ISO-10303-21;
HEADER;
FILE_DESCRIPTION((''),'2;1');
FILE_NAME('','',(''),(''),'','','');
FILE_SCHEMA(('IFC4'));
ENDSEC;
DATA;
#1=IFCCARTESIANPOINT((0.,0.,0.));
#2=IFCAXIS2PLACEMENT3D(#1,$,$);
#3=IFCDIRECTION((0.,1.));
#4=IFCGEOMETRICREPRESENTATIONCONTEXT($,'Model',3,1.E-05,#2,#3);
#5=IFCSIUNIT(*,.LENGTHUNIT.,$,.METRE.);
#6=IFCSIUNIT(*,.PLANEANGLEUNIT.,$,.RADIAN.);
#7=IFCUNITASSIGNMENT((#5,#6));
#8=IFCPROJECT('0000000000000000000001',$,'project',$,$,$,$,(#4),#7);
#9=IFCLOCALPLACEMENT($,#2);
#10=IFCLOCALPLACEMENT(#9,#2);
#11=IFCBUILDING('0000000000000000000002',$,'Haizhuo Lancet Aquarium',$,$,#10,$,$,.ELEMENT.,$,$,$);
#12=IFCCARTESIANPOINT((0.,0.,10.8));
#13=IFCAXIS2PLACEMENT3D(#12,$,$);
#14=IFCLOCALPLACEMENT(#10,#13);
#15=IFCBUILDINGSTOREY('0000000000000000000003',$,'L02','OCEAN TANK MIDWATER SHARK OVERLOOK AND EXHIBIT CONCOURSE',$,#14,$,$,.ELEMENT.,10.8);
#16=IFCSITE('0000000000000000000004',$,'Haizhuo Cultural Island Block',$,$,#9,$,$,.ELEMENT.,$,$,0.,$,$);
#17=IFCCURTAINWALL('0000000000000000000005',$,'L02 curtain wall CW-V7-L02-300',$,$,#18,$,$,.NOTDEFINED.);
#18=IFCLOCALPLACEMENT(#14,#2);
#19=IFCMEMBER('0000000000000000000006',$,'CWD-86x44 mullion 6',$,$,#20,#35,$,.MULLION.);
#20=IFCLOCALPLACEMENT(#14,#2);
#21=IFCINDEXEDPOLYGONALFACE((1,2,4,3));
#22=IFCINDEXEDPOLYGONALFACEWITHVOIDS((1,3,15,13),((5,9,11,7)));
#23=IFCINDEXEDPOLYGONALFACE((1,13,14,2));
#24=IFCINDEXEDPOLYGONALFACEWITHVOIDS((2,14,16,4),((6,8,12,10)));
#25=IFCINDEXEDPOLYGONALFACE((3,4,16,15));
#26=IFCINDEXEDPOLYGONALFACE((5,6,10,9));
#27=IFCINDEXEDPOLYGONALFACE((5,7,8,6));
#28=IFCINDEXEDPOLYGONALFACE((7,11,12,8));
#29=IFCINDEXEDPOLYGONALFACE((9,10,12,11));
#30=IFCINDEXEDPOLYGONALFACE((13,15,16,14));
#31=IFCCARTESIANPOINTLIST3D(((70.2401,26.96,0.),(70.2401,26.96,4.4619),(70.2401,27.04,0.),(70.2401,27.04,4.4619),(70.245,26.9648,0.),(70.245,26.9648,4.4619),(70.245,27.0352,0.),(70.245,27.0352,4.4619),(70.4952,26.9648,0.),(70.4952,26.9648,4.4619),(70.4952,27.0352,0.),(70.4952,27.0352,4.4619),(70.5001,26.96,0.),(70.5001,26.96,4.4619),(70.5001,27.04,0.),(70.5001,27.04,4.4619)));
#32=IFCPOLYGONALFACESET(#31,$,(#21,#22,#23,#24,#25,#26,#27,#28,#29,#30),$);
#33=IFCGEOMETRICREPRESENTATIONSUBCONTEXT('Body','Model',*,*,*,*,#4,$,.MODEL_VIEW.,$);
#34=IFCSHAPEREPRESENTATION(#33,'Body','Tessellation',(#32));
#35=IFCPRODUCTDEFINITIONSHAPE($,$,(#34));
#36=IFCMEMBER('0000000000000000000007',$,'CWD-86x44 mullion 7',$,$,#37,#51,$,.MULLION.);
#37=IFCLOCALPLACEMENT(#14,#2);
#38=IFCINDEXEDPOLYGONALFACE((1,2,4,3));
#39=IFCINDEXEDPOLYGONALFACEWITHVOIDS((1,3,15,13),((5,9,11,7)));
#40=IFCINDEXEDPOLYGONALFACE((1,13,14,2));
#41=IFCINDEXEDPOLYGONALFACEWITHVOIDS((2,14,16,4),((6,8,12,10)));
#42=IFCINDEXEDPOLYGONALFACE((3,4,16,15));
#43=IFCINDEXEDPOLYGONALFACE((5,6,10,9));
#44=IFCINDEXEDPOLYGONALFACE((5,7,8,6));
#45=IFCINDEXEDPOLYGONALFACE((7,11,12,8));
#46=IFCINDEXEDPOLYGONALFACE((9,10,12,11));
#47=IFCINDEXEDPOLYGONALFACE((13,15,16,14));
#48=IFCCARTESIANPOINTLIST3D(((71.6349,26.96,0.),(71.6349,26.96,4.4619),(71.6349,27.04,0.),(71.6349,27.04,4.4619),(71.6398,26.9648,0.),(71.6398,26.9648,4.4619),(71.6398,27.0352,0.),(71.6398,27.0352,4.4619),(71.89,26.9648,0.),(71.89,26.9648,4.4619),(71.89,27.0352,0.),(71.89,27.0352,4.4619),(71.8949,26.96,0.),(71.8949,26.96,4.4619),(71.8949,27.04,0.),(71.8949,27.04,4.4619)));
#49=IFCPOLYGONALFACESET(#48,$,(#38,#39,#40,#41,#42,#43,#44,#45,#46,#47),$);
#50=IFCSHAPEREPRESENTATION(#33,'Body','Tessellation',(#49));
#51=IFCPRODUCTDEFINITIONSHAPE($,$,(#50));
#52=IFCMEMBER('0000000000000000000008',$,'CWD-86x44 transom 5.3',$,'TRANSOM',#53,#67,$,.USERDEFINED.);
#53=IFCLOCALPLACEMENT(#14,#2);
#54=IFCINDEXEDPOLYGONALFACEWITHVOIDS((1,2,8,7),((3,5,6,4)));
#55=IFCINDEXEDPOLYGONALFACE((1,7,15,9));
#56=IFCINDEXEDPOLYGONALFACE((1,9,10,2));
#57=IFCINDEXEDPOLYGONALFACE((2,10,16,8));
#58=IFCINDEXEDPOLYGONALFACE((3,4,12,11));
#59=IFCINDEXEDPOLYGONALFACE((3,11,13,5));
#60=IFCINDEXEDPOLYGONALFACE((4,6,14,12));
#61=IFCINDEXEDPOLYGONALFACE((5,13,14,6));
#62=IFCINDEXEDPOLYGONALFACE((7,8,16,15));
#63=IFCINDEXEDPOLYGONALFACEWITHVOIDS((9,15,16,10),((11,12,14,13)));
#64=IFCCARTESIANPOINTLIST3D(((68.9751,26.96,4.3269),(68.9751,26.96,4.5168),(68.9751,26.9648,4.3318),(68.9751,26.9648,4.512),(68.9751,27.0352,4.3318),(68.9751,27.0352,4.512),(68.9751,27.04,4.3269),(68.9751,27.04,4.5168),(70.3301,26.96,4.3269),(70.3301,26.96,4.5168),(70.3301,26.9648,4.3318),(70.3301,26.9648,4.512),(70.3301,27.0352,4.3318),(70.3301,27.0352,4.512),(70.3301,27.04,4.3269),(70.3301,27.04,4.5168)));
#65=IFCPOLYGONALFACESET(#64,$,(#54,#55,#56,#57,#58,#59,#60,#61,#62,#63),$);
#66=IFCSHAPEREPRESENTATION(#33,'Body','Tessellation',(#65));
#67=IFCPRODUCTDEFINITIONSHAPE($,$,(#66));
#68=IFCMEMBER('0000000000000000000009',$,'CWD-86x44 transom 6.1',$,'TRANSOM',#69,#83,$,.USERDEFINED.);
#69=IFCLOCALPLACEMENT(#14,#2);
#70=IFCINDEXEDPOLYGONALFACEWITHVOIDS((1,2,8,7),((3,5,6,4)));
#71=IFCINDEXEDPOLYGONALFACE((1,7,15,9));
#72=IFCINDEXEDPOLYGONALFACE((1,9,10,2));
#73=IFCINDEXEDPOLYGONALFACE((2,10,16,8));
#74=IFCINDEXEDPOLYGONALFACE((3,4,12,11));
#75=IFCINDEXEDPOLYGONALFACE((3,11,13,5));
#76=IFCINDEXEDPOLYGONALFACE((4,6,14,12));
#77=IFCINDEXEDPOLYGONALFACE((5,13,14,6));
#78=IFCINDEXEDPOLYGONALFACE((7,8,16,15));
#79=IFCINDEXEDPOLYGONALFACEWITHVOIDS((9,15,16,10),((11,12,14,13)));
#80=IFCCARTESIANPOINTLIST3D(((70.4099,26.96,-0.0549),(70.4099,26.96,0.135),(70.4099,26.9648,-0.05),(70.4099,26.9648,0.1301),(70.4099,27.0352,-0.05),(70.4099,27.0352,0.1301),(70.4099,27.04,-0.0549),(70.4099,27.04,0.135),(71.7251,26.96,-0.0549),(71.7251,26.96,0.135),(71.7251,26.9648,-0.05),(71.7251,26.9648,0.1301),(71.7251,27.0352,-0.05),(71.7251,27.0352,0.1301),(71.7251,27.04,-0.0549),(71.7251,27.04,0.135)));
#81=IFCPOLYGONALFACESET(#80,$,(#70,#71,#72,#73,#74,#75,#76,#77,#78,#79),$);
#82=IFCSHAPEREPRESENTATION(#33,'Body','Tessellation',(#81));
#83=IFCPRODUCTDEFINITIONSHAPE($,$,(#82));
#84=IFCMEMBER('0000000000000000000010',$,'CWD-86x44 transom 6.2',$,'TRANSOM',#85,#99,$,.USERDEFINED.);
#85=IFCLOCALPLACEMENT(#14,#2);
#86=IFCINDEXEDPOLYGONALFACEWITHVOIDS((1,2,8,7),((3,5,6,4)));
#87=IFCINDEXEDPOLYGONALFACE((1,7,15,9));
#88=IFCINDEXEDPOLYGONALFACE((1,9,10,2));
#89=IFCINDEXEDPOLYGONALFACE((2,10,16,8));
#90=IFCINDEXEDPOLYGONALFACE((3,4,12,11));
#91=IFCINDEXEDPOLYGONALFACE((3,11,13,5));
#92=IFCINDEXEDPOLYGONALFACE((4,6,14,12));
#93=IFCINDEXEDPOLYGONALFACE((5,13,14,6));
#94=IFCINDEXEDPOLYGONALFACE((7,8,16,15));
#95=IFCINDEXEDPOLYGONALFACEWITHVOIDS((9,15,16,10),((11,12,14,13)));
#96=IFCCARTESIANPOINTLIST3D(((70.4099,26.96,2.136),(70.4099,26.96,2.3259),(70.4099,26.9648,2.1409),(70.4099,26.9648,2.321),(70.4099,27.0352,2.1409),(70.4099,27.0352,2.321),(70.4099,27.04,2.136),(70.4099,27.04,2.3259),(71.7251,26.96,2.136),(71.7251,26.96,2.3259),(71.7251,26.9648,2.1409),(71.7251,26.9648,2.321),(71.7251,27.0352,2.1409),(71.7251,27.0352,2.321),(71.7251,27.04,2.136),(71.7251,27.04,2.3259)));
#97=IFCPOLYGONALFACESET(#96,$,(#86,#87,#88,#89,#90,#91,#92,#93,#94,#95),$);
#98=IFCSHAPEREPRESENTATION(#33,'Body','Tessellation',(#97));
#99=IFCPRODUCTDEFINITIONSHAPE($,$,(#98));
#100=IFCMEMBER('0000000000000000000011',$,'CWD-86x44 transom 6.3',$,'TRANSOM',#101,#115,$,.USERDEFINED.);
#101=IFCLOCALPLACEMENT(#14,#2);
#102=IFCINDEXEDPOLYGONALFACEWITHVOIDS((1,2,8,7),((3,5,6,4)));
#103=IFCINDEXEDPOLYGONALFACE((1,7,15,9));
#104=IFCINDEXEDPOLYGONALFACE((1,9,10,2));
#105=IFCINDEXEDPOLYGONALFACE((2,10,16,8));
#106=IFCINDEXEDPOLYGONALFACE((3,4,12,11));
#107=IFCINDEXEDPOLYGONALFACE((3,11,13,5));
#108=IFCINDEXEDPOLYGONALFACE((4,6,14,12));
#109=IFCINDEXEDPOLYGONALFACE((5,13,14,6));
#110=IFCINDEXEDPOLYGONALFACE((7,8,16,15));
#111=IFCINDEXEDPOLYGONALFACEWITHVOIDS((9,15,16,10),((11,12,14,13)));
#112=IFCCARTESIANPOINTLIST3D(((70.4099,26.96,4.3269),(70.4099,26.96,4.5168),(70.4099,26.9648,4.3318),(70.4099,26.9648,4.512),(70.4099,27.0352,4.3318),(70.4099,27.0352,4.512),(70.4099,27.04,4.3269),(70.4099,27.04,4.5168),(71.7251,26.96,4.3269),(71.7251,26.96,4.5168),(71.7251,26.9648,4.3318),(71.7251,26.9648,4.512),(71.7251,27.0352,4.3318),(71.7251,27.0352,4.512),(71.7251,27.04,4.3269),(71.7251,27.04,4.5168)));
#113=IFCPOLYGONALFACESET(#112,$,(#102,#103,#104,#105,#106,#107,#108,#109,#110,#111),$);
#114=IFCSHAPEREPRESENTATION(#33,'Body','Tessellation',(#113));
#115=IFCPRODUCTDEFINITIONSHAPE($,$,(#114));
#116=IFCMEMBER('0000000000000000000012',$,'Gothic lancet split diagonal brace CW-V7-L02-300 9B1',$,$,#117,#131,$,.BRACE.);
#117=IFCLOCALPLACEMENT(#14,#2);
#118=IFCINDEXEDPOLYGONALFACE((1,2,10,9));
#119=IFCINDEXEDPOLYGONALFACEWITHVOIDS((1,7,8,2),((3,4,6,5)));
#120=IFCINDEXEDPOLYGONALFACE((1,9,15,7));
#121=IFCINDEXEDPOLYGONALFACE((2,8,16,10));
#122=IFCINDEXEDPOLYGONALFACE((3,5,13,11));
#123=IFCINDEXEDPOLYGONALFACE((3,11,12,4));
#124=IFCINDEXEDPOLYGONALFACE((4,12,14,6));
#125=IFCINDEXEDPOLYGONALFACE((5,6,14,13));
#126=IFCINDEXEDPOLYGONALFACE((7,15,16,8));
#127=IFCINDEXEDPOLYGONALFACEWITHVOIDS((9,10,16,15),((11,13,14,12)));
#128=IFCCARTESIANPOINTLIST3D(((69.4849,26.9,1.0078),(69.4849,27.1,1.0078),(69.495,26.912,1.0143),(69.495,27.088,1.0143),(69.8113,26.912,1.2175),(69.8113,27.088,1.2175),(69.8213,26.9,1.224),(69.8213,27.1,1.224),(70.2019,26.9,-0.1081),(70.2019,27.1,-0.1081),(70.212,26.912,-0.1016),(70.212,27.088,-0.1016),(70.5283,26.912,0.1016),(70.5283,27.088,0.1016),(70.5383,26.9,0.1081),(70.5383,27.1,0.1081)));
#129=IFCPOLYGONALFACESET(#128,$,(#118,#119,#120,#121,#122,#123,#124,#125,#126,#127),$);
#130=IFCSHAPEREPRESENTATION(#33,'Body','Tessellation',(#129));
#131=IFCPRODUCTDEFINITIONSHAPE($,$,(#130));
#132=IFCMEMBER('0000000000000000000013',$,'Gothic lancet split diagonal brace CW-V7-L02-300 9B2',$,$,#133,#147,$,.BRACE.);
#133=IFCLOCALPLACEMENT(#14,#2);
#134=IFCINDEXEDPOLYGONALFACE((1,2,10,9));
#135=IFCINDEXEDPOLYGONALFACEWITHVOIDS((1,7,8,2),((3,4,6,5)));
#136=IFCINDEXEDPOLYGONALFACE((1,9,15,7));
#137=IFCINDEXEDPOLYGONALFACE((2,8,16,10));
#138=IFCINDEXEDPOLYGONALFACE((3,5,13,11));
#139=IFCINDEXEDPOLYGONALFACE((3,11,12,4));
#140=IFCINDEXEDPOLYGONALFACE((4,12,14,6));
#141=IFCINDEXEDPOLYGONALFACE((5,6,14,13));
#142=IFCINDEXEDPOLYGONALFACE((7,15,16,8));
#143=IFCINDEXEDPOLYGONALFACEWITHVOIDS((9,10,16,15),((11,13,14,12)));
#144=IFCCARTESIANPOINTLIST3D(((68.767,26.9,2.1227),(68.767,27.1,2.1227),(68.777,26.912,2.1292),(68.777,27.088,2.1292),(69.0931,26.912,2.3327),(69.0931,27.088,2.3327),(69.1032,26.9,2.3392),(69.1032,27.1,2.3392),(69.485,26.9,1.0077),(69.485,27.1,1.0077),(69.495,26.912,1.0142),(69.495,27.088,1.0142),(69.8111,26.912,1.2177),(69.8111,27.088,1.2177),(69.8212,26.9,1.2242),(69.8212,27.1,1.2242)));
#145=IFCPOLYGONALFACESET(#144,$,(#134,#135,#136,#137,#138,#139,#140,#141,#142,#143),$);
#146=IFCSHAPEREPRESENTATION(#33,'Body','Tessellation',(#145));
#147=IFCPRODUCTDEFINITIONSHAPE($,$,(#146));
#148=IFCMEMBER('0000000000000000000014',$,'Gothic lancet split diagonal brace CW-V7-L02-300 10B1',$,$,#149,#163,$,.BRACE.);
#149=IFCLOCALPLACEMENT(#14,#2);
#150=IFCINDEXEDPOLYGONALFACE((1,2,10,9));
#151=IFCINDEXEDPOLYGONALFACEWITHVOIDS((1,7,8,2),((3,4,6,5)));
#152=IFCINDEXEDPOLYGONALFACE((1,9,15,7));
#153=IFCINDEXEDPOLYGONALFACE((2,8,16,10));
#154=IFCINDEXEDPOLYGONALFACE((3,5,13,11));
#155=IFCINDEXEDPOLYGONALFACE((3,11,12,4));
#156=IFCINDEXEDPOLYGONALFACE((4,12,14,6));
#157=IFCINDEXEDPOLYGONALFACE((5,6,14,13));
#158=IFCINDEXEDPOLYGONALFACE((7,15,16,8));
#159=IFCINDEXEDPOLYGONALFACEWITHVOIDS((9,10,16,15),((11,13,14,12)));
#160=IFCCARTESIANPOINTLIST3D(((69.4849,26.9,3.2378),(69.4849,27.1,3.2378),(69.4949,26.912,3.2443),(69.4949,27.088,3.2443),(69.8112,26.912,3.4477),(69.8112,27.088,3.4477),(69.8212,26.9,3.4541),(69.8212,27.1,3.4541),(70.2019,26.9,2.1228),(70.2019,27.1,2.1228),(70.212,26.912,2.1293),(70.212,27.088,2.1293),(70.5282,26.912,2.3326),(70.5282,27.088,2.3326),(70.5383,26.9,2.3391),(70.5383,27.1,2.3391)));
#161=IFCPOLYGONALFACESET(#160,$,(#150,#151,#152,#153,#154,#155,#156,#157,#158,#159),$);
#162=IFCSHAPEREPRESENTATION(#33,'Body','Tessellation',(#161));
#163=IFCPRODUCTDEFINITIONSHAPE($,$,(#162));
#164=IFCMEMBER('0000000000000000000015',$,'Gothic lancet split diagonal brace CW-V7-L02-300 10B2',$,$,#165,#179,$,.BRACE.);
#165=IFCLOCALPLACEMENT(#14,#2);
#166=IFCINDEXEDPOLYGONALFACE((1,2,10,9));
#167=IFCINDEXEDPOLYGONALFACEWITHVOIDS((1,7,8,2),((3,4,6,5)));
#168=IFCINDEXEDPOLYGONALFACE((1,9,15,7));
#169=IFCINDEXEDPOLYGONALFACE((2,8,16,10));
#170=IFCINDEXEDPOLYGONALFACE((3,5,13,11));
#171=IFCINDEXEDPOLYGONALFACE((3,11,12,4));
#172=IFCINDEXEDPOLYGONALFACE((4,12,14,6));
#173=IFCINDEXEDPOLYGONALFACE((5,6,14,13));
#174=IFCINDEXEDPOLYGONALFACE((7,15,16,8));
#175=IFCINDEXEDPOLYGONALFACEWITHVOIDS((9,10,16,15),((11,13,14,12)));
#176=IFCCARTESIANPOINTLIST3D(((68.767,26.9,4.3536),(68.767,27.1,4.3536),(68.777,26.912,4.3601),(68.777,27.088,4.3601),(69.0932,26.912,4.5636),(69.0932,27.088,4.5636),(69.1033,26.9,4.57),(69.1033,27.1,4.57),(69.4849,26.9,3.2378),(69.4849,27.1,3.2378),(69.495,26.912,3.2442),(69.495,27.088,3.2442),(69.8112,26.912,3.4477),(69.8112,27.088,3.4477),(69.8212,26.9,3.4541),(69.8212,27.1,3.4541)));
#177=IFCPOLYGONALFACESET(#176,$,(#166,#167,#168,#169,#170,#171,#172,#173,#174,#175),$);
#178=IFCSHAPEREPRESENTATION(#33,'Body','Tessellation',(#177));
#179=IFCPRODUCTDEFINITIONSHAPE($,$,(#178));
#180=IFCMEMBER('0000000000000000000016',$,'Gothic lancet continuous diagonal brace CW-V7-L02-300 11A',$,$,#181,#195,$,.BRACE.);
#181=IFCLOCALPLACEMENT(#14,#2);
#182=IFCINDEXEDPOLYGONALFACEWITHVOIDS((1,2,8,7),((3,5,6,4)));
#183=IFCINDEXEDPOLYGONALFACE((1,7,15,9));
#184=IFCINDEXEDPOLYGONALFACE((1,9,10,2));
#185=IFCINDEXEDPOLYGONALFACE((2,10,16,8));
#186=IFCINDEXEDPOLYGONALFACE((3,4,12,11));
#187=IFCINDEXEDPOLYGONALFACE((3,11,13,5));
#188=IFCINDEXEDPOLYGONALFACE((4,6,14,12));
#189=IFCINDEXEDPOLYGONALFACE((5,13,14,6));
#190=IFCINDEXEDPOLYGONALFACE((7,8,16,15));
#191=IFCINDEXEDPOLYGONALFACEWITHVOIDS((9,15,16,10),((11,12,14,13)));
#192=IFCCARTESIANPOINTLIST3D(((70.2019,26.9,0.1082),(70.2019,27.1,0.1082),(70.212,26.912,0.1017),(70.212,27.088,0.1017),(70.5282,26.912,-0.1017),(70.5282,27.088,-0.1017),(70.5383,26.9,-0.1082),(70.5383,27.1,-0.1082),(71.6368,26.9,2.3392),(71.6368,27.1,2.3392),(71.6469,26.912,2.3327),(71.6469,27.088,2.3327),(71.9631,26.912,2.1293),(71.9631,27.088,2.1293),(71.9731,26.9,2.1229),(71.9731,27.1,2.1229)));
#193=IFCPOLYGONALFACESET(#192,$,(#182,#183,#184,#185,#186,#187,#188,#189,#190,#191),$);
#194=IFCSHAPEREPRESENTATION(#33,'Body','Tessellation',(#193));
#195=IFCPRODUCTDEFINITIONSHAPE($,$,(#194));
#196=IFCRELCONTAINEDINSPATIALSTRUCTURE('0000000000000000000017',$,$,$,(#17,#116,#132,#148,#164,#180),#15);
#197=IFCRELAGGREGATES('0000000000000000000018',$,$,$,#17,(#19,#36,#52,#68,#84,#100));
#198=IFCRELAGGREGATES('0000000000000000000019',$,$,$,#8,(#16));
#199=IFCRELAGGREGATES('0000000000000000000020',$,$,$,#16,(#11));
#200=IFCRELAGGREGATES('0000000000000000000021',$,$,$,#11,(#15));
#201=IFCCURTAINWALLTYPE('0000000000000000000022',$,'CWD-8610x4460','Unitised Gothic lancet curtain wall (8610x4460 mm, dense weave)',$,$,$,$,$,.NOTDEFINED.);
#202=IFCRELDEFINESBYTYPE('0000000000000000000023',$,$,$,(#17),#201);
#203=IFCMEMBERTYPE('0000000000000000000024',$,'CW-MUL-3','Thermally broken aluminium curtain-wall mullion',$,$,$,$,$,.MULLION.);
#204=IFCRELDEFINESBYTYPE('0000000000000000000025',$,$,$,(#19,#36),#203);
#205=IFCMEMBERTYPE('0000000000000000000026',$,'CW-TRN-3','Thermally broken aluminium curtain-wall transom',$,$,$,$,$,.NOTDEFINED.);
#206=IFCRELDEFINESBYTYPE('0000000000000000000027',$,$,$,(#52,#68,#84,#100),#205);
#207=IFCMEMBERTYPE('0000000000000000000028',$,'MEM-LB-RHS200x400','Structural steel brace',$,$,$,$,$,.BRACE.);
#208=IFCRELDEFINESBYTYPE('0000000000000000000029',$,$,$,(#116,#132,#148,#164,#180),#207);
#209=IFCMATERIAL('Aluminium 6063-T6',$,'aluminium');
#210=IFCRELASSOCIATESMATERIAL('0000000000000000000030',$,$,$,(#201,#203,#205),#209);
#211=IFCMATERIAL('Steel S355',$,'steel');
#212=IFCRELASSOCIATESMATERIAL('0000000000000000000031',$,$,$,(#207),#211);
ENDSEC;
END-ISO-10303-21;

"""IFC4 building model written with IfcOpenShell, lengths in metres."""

from ifc_helpers import new_model, si_unit, direction, frame, origin, origin_2d, place, context, subcontext, project, spatial, hollow_rectangle, extrude, material, material_profile, profile_set, type_object, element, aggregate, save


model = new_model("IFC4")

# Units and contexts
model_context = context("Model", 3, precision=1e-05, world=origin(), true_north=direction((0.0, 1.0)))
body_context = subcontext(model_context, "Body", "Model", "MODEL_VIEW")
ifc_project = project(units=[si_unit("LENGTHUNIT", "METRE"), si_unit("PLANEANGLEUNIT", "RADIAN")], contexts=[model_context])

# Site, building, storey
site_placement = place(None, origin())
site = spatial("IfcSite", under=ifc_project, at=site_placement, Name="Haizhuo Cultural Island Block", CompositionType="ELEMENT", RefElevation=0.0)
building_placement = place(site_placement, origin())
building = spatial("IfcBuilding", under=site, at=building_placement, Name="Haizhuo Lancet Aquarium", CompositionType="ELEMENT")
storey_placement = place(building_placement, frame((0.0, 0.0, 10.8)))
storey = spatial("IfcBuildingStorey", under=building, at=storey_placement, Name="L02", Description="OCEAN TANK MIDWATER SHARK OVERLOOK AND EXHIBIT CONCOURSE", CompositionType="ELEMENT", Elevation=10.8)

# Curtain wall, members
ifc_material_1 = material(Name="Aluminium 6063-T6", Category="aluminium")
curtain_wall_type = type_object("IfcCurtainWallType", Name="CWD-8610x4460", Description="Unitised Gothic lancet curtain wall (8610x4460 mm, dense weave)", PredefinedType="NOTDEFINED", material=ifc_material_1)
curtain_wall_placement = place(storey_placement, origin())
curtain_wall = element("IfcCurtainWall", 1, at=curtain_wall_placement, inside=storey, type_object=curtain_wall_type, Name="L02 curtain wall CW-V7-L02-300", PredefinedType="NOTDEFINED")
ifc_material_profile_1 = material_profile(ifc_material_1, hollow_rectangle(XDim=0.0801, YDim=0.26, WallThickness=0.0049, at=origin_2d()), Name="ALU-M 80x260x5")
ifc_profile_set_1 = profile_set([ifc_material_profile_1], Name="Aluminium 6063-T6")
member_type_1 = type_object("IfcMemberType", Name="CW-MUL-3", Description="Thermally broken aluminium curtain-wall mullion", PredefinedType="MULLION", material=ifc_profile_set_1)
member_1_placement = place(storey_placement, frame((70.3701, 27.0, 0.0), z_axis=(0.0, 0.0, 1.0), x_axis=(0.0, 1.0, 0.0)))
member_1 = element("IfcMember", 2, at=member_1_placement, type_object=member_type_1, Name="CWD-86x44 mullion 6", PredefinedType="MULLION", context=body_context, shape_type="SweptSolid", body=[
    extrude(hollow_rectangle(XDim=0.0801, YDim=0.26, WallThickness=0.0049, at=origin_2d()), origin(), (0.0, 0.0, 1.0), 4.4619),
])
member_2_placement = place(storey_placement, frame((71.7649, 27.0, 0.0), z_axis=(0.0, 0.0, 1.0), x_axis=(0.0, 1.0, 0.0)))
member_2 = element("IfcMember", 3, at=member_2_placement, type_object=member_type_1, Name="CWD-86x44 mullion 7", PredefinedType="MULLION", context=body_context, shape_type="SweptSolid", body=[
    extrude(hollow_rectangle(XDim=0.0801, YDim=0.26, WallThickness=0.0049, at=origin_2d()), origin(), (0.0, 0.0, 1.0), 4.4619),
])
ifc_material_profile_2 = material_profile(ifc_material_1, hollow_rectangle(XDim=0.0801, YDim=0.1899, WallThickness=0.0049, at=origin_2d()), Name="ALU-T 80x190x5")
ifc_profile_set_2 = profile_set([ifc_material_profile_2], Name="Aluminium 6063-T6")
member_type_2 = type_object("IfcMemberType", Name="CW-TRN-3", Description="Thermally broken aluminium curtain-wall transom", PredefinedType="NOTDEFINED", material=ifc_profile_set_2)
member_3_placement = place(storey_placement, frame((68.9751, 27.0, 4.4219), z_axis=(1.0, 0.0, 0.0), x_axis=(0.0, 1.0, 0.0)))
member_3 = element("IfcMember", 4, at=member_3_placement, type_object=member_type_2, Name="CWD-86x44 transom 5.3", ObjectType="TRANSOM", PredefinedType="USERDEFINED", context=body_context, shape_type="SweptSolid", body=[
    extrude(hollow_rectangle(XDim=0.0801, YDim=0.1899, WallThickness=0.0049, at=origin_2d()), origin(), (0.0, 0.0, 1.0), 1.355),
])
member_4_placement = place(storey_placement, frame((70.4099, 27.0, 0.04), z_axis=(1.0, 0.0, 0.0), x_axis=(0.0, 1.0, 0.0)))
member_4 = element("IfcMember", 5, at=member_4_placement, type_object=member_type_2, Name="CWD-86x44 transom 6.1", ObjectType="TRANSOM", PredefinedType="USERDEFINED", context=body_context, shape_type="SweptSolid", body=[
    extrude(hollow_rectangle(XDim=0.0801, YDim=0.1899, WallThickness=0.0049, at=origin_2d()), origin(), (0.0, 0.0, 1.0), 1.3152),
])
member_5_placement = place(storey_placement, frame((70.4099, 27.0, 2.231), z_axis=(1.0, 0.0, 0.0), x_axis=(0.0, 1.0, 0.0)))
member_5 = element("IfcMember", 6, at=member_5_placement, type_object=member_type_2, Name="CWD-86x44 transom 6.2", ObjectType="TRANSOM", PredefinedType="USERDEFINED", context=body_context, shape_type="SweptSolid", body=[
    extrude(hollow_rectangle(XDim=0.0801, YDim=0.1899, WallThickness=0.0049, at=origin_2d()), origin(), (0.0, 0.0, 1.0), 1.3152),
])
member_6_placement = place(storey_placement, frame((70.4099, 27.0, 4.4219), z_axis=(1.0, 0.0, 0.0), x_axis=(0.0, 1.0, 0.0)))
member_6 = element("IfcMember", 7, at=member_6_placement, type_object=member_type_2, Name="CWD-86x44 transom 6.3", ObjectType="TRANSOM", PredefinedType="USERDEFINED", context=body_context, shape_type="SweptSolid", body=[
    extrude(hollow_rectangle(XDim=0.0801, YDim=0.1899, WallThickness=0.0049, at=origin_2d()), origin(), (0.0, 0.0, 1.0), 1.3152),
])

# Members
ifc_material_2 = material(Name="Steel S355", Category="steel")
ifc_material_profile_3 = material_profile(ifc_material_2, hollow_rectangle(XDim=0.2, YDim=0.3999, WallThickness=0.012, at=origin_2d()), Name="RHS 200x400x12")
ifc_profile_set_3 = profile_set([ifc_material_profile_3], Name="Steel S355")
member_type_3 = type_object("IfcMemberType", Name="MEM-LB-RHS200x400", Description="Structural steel brace", PredefinedType="BRACE", material=ifc_profile_set_3)
member_7_placement = place(storey_placement, frame((70.3701, 27.0, 0.0), z_axis=(-0.540562, 0.0, 0.841304), x_axis=(0.0, -1.0, 0.0)))
element("IfcMember", 8, at=member_7_placement, inside=storey, type_object=member_type_3, Name="Gothic lancet split diagonal brace CW-V7-L02-300 9B1", PredefinedType="BRACE", context=body_context, shape_type="SweptSolid", body=[
    extrude(hollow_rectangle(XDim=0.2, YDim=0.3999, WallThickness=0.012, at=origin_2d()), origin(), (0.0, 0.0, 1.0), 1.3264),
])
member_8_placement = place(storey_placement, frame((69.6531, 27.0, 1.116), z_axis=(-0.541418, 0.0, 0.840754), x_axis=(0.0, -1.0, 0.0)))
element("IfcMember", 9, at=member_8_placement, inside=storey, type_object=member_type_3, Name="Gothic lancet split diagonal brace CW-V7-L02-300 9B2", PredefinedType="BRACE", context=body_context, shape_type="SweptSolid", body=[
    extrude(hollow_rectangle(XDim=0.2, YDim=0.3999, WallThickness=0.012, at=origin_2d()), origin(), (0.0, 0.0, 1.0), 1.3262),
])
member_9_placement = place(storey_placement, frame((70.3701, 27.0, 2.231), z_axis=(-0.540897, 0.0, 0.841089), x_axis=(0.0, -1.0, 0.0)))
element("IfcMember", 10, at=member_9_placement, inside=storey, type_object=member_type_3, Name="Gothic lancet split diagonal brace CW-V7-L02-300 10B1", PredefinedType="BRACE", context=body_context, shape_type="SweptSolid", body=[
    extrude(hollow_rectangle(XDim=0.2, YDim=0.3999, WallThickness=0.012, at=origin_2d()), origin(), (0.0, 0.0, 1.0), 1.3257),
])
member_10_placement = place(storey_placement, frame((69.6531, 27.0, 3.3459), z_axis=(-0.541083, 0.0, 0.840969), x_axis=(0.0, -1.0, 0.0)))
element("IfcMember", 11, at=member_10_placement, inside=storey, type_object=member_type_3, Name="Gothic lancet split diagonal brace CW-V7-L02-300 10B2", PredefinedType="BRACE", context=body_context, shape_type="SweptSolid", body=[
    extrude(hollow_rectangle(XDim=0.2, YDim=0.3999, WallThickness=0.012, at=origin_2d()), origin(), (0.0, 0.0, 1.0), 1.3269),
])
member_11_placement = place(storey_placement, frame((70.3701, 27.0, 0.0), z_axis=(0.540925, 0.0, 0.841071), x_axis=(0.0, 1.0, 0.0)))
element("IfcMember", 12, at=member_11_placement, inside=storey, type_object=member_type_3, Name="Gothic lancet continuous diagonal brace CW-V7-L02-300 11A", PredefinedType="BRACE", context=body_context, shape_type="SweptSolid", body=[
    extrude(hollow_rectangle(XDim=0.2, YDim=0.3999, WallThickness=0.012, at=origin_2d()), origin(), (0.0, 0.0, 1.0), 2.6526),
])

aggregate(curtain_wall, [member_1, member_2, member_3, member_4, member_5, member_6])

save(model, "model.ifc")
